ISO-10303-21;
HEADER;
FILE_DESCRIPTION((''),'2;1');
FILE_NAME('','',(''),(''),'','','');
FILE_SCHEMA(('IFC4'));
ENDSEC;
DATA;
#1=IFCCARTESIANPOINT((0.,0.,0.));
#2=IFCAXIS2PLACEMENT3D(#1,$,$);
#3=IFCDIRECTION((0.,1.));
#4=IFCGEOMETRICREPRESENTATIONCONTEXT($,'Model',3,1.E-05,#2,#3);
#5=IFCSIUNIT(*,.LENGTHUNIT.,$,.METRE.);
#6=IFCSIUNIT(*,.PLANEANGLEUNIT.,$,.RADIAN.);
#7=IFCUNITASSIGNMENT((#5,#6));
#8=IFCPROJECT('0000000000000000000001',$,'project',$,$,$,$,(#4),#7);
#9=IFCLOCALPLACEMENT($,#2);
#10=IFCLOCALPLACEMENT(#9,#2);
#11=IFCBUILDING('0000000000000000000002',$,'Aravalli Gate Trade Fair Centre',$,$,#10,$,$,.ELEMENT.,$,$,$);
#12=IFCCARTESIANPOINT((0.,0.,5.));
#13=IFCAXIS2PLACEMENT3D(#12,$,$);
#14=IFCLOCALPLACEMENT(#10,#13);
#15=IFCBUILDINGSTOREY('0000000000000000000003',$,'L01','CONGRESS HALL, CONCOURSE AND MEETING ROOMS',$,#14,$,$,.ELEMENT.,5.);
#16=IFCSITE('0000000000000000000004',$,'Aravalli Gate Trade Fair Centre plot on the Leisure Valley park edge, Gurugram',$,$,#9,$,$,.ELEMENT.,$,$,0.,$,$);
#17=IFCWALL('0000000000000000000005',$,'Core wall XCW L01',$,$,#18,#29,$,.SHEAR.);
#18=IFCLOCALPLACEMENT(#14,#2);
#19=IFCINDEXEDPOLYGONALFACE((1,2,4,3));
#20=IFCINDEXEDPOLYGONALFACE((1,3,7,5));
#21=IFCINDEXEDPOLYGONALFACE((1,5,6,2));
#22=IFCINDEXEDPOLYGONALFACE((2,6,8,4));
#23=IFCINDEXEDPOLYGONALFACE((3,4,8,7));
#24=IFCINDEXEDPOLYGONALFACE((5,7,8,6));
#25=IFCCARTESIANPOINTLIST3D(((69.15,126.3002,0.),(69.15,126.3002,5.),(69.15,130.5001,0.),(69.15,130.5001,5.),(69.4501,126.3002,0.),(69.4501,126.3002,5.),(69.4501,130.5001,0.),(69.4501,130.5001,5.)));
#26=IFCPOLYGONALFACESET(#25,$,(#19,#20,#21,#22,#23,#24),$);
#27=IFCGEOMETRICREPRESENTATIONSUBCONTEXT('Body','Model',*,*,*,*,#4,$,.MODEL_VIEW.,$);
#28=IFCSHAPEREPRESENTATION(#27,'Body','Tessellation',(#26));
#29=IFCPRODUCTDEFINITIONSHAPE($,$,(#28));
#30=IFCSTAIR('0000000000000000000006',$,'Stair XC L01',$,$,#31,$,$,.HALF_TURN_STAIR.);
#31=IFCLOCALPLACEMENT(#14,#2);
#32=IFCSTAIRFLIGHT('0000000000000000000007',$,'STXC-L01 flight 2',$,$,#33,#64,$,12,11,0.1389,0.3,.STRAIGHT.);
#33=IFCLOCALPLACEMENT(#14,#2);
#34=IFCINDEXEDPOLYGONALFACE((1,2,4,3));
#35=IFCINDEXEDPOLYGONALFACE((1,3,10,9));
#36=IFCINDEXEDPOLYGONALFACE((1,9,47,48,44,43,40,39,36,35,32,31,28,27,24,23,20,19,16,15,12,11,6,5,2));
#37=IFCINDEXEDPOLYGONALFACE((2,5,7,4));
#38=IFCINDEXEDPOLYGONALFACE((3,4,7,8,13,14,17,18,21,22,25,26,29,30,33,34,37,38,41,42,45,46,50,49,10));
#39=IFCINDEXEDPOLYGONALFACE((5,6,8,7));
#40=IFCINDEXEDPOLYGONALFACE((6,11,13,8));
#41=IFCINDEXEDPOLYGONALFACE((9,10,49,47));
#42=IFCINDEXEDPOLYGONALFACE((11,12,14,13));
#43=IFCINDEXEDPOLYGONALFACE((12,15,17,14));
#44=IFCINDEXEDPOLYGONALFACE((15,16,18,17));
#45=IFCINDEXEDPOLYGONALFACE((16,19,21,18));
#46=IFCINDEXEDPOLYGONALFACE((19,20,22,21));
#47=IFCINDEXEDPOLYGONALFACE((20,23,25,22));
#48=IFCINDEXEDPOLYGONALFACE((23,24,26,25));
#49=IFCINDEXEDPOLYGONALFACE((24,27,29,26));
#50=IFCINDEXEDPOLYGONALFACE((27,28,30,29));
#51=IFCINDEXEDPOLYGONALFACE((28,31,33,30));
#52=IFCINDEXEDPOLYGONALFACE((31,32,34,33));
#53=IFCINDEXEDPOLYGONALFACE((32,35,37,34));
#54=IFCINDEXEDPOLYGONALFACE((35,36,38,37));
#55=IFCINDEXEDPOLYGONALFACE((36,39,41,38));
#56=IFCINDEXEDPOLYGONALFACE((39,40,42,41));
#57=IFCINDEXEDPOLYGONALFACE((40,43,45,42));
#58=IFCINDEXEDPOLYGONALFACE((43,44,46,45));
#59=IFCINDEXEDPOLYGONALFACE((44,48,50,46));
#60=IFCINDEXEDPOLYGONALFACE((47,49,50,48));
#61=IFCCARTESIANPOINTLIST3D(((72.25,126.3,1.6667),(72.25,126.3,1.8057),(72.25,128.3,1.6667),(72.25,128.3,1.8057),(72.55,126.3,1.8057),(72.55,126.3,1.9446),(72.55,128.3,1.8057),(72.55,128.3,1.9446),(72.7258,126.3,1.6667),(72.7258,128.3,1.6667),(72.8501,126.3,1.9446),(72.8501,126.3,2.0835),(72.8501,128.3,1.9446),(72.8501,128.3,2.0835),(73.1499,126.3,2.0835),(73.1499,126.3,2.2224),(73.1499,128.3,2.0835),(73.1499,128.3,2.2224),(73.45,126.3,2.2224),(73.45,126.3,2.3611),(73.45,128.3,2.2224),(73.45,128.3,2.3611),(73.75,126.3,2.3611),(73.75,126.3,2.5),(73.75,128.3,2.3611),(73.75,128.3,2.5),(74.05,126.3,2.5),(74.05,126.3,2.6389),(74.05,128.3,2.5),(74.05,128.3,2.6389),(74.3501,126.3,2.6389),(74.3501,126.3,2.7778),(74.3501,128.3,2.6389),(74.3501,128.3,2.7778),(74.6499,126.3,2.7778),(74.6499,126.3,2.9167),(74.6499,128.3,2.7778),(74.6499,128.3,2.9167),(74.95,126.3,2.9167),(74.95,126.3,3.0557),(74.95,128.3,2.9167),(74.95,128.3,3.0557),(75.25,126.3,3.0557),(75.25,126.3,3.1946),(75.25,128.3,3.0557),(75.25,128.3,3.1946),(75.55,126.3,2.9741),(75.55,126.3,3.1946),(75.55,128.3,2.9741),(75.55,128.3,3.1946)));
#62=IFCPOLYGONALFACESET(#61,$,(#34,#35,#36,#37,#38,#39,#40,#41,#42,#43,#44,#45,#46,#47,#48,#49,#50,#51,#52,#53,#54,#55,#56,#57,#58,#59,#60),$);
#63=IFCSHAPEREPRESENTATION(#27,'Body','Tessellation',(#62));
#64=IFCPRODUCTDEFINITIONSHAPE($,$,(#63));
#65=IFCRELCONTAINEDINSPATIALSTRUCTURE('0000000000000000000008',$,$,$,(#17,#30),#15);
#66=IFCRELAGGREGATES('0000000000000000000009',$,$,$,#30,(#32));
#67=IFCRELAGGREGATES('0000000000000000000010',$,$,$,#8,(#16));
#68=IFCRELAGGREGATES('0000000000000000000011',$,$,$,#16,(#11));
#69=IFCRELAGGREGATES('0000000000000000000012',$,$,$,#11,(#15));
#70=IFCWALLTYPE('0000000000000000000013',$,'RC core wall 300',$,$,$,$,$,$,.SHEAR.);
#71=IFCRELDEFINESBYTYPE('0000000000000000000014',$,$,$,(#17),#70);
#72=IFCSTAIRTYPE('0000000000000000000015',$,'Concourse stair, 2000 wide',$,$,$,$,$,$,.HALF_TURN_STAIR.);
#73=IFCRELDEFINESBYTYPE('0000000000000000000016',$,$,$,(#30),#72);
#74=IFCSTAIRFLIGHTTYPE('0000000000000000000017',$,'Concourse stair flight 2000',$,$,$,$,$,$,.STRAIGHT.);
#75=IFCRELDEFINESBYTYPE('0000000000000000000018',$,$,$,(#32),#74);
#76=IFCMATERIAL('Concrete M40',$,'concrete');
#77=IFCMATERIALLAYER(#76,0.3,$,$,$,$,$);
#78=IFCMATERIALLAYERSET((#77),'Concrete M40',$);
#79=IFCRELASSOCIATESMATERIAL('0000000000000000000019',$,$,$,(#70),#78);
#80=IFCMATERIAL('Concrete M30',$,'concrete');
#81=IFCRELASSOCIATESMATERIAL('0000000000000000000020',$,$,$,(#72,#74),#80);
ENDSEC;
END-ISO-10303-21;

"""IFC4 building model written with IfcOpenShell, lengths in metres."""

from ifc_helpers import new_model, si_unit, direction, frame, frame_2d, origin, place, context, subcontext, project, spatial, polyline, rectangle, outline, extrude, material, layer, layer_set, type_object, element, aggregate, save


model = new_model("IFC4")

# Units and contexts
model_context = context("Model", 3, precision=1e-05, world=origin(), true_north=direction((0.0, 1.0)))
body_context = subcontext(model_context, "Body", "Model", "MODEL_VIEW")
ifc_project = project(units=[si_unit("LENGTHUNIT", "METRE"), si_unit("PLANEANGLEUNIT", "RADIAN")], contexts=[model_context])

# Site, building, storey
site_placement = place(None, origin())
site = spatial("IfcSite", under=ifc_project, at=site_placement, Name="Aravalli Gate Trade Fair Centre plot on the Leisure Valley park edge, Gurugram", CompositionType="ELEMENT", RefElevation=0.0)
building_placement = place(site_placement, origin())
building = spatial("IfcBuilding", under=site, at=building_placement, Name="Aravalli Gate Trade Fair Centre", CompositionType="ELEMENT")
storey_placement = place(building_placement, frame((0.0, 0.0, 5.0)))
storey = spatial("IfcBuildingStorey", under=building, at=storey_placement, Name="L01", Description="CONGRESS HALL, CONCOURSE AND MEETING ROOMS", CompositionType="ELEMENT", Elevation=5.0)

# Shared definitions
ifc_material_1 = material(Name="Concrete M40", Category="concrete")
ifc_layer_1 = layer(ifc_material_1, 0.3)
ifc_layer_set_1 = layer_set([ifc_layer_1], Name="Concrete M40")
wall_type_1 = type_object("IfcWallType", Name="RC core wall 300", PredefinedType="SHEAR", material=ifc_layer_set_1)

# Wall
wall_1_placement = place(storey_placement, frame((69.3, 126.3, 0.0), z_axis=(0.0, 0.0, 1.0), x_axis=(0.0, 1.0, 0.0)))
element("IfcWall", 1, at=wall_1_placement, inside=storey, type_object=wall_type_1, Name="Core wall XCW L01", PredefinedType="SHEAR", context=body_context, shape_type="SweptSolid", body=[
    extrude(rectangle(XDim=4.2, YDim=0.3, at=frame_2d((2.1001, 0.0))), origin(), (0.0, 0.0, 1.0), 5.0),
])

# Stair, stair flight
ifc_material_2 = material(Name="Concrete M30", Category="concrete")
stair_type = type_object("IfcStairType", Name="Concourse stair, 2000 wide", PredefinedType="HALF_TURN_STAIR", material=ifc_material_2)
stair_placement = place(storey_placement, origin())
stair = element("IfcStair", 2, at=stair_placement, inside=storey, type_object=stair_type, Name="Stair XC L01", PredefinedType="HALF_TURN_STAIR")
stair_flight_type = type_object("IfcStairFlightType", Name="Concourse stair flight 2000", PredefinedType="STRAIGHT", material=ifc_material_2)
stair_flight_placement = place(storey_placement, frame((72.25, 127.3, 1.6667), z_axis=(0.0, 0.0, 1.0), x_axis=(1.0, 0.0, 0.0)))
stair_flight = element("IfcStairFlight", 3, at=stair_flight_placement, type_object=stair_flight_type, Name="STXC-L01 flight 2", NumberOfRisers=12, NumberOfTreads=11, PredefinedType="STRAIGHT", RiserHeight=0.1389, TreadLength=0.3, context=body_context, shape_type="SweptSolid", body=[
    extrude(outline(polyline([(0.0, 0.0), (0.0, 0.1389), (0.3, 0.1389), (0.3, 0.2778), (0.6001, 0.2778), (0.6001, 0.4167), (0.8999, 0.4167), (0.8999, 0.5557), (1.2, 0.5557), (1.2, 0.6943), (1.5, 0.6943), (1.5, 0.8333), (1.8, 0.8333), (1.8, 0.9722), (2.1001, 0.9722), (2.1001, 1.1111), (2.3999, 1.1111), (2.3999, 1.25), (2.7, 1.25), (2.7, 1.3889), (3.0, 1.3889), (3.0, 1.5278), (3.3, 1.5278), (3.3, 1.6667), (3.3, 1.3074), (0.4758, 0.0), (0.0, 0.0)])), frame((0.0, 1.0, 0.0), z_axis=(0.0, -1.0, 0.0), x_axis=(1.0, 0.0, 0.0)), (0.0, 0.0, 1.0), 2.0),
])
aggregate(stair, [stair_flight])

save(model, "model.ifc")
